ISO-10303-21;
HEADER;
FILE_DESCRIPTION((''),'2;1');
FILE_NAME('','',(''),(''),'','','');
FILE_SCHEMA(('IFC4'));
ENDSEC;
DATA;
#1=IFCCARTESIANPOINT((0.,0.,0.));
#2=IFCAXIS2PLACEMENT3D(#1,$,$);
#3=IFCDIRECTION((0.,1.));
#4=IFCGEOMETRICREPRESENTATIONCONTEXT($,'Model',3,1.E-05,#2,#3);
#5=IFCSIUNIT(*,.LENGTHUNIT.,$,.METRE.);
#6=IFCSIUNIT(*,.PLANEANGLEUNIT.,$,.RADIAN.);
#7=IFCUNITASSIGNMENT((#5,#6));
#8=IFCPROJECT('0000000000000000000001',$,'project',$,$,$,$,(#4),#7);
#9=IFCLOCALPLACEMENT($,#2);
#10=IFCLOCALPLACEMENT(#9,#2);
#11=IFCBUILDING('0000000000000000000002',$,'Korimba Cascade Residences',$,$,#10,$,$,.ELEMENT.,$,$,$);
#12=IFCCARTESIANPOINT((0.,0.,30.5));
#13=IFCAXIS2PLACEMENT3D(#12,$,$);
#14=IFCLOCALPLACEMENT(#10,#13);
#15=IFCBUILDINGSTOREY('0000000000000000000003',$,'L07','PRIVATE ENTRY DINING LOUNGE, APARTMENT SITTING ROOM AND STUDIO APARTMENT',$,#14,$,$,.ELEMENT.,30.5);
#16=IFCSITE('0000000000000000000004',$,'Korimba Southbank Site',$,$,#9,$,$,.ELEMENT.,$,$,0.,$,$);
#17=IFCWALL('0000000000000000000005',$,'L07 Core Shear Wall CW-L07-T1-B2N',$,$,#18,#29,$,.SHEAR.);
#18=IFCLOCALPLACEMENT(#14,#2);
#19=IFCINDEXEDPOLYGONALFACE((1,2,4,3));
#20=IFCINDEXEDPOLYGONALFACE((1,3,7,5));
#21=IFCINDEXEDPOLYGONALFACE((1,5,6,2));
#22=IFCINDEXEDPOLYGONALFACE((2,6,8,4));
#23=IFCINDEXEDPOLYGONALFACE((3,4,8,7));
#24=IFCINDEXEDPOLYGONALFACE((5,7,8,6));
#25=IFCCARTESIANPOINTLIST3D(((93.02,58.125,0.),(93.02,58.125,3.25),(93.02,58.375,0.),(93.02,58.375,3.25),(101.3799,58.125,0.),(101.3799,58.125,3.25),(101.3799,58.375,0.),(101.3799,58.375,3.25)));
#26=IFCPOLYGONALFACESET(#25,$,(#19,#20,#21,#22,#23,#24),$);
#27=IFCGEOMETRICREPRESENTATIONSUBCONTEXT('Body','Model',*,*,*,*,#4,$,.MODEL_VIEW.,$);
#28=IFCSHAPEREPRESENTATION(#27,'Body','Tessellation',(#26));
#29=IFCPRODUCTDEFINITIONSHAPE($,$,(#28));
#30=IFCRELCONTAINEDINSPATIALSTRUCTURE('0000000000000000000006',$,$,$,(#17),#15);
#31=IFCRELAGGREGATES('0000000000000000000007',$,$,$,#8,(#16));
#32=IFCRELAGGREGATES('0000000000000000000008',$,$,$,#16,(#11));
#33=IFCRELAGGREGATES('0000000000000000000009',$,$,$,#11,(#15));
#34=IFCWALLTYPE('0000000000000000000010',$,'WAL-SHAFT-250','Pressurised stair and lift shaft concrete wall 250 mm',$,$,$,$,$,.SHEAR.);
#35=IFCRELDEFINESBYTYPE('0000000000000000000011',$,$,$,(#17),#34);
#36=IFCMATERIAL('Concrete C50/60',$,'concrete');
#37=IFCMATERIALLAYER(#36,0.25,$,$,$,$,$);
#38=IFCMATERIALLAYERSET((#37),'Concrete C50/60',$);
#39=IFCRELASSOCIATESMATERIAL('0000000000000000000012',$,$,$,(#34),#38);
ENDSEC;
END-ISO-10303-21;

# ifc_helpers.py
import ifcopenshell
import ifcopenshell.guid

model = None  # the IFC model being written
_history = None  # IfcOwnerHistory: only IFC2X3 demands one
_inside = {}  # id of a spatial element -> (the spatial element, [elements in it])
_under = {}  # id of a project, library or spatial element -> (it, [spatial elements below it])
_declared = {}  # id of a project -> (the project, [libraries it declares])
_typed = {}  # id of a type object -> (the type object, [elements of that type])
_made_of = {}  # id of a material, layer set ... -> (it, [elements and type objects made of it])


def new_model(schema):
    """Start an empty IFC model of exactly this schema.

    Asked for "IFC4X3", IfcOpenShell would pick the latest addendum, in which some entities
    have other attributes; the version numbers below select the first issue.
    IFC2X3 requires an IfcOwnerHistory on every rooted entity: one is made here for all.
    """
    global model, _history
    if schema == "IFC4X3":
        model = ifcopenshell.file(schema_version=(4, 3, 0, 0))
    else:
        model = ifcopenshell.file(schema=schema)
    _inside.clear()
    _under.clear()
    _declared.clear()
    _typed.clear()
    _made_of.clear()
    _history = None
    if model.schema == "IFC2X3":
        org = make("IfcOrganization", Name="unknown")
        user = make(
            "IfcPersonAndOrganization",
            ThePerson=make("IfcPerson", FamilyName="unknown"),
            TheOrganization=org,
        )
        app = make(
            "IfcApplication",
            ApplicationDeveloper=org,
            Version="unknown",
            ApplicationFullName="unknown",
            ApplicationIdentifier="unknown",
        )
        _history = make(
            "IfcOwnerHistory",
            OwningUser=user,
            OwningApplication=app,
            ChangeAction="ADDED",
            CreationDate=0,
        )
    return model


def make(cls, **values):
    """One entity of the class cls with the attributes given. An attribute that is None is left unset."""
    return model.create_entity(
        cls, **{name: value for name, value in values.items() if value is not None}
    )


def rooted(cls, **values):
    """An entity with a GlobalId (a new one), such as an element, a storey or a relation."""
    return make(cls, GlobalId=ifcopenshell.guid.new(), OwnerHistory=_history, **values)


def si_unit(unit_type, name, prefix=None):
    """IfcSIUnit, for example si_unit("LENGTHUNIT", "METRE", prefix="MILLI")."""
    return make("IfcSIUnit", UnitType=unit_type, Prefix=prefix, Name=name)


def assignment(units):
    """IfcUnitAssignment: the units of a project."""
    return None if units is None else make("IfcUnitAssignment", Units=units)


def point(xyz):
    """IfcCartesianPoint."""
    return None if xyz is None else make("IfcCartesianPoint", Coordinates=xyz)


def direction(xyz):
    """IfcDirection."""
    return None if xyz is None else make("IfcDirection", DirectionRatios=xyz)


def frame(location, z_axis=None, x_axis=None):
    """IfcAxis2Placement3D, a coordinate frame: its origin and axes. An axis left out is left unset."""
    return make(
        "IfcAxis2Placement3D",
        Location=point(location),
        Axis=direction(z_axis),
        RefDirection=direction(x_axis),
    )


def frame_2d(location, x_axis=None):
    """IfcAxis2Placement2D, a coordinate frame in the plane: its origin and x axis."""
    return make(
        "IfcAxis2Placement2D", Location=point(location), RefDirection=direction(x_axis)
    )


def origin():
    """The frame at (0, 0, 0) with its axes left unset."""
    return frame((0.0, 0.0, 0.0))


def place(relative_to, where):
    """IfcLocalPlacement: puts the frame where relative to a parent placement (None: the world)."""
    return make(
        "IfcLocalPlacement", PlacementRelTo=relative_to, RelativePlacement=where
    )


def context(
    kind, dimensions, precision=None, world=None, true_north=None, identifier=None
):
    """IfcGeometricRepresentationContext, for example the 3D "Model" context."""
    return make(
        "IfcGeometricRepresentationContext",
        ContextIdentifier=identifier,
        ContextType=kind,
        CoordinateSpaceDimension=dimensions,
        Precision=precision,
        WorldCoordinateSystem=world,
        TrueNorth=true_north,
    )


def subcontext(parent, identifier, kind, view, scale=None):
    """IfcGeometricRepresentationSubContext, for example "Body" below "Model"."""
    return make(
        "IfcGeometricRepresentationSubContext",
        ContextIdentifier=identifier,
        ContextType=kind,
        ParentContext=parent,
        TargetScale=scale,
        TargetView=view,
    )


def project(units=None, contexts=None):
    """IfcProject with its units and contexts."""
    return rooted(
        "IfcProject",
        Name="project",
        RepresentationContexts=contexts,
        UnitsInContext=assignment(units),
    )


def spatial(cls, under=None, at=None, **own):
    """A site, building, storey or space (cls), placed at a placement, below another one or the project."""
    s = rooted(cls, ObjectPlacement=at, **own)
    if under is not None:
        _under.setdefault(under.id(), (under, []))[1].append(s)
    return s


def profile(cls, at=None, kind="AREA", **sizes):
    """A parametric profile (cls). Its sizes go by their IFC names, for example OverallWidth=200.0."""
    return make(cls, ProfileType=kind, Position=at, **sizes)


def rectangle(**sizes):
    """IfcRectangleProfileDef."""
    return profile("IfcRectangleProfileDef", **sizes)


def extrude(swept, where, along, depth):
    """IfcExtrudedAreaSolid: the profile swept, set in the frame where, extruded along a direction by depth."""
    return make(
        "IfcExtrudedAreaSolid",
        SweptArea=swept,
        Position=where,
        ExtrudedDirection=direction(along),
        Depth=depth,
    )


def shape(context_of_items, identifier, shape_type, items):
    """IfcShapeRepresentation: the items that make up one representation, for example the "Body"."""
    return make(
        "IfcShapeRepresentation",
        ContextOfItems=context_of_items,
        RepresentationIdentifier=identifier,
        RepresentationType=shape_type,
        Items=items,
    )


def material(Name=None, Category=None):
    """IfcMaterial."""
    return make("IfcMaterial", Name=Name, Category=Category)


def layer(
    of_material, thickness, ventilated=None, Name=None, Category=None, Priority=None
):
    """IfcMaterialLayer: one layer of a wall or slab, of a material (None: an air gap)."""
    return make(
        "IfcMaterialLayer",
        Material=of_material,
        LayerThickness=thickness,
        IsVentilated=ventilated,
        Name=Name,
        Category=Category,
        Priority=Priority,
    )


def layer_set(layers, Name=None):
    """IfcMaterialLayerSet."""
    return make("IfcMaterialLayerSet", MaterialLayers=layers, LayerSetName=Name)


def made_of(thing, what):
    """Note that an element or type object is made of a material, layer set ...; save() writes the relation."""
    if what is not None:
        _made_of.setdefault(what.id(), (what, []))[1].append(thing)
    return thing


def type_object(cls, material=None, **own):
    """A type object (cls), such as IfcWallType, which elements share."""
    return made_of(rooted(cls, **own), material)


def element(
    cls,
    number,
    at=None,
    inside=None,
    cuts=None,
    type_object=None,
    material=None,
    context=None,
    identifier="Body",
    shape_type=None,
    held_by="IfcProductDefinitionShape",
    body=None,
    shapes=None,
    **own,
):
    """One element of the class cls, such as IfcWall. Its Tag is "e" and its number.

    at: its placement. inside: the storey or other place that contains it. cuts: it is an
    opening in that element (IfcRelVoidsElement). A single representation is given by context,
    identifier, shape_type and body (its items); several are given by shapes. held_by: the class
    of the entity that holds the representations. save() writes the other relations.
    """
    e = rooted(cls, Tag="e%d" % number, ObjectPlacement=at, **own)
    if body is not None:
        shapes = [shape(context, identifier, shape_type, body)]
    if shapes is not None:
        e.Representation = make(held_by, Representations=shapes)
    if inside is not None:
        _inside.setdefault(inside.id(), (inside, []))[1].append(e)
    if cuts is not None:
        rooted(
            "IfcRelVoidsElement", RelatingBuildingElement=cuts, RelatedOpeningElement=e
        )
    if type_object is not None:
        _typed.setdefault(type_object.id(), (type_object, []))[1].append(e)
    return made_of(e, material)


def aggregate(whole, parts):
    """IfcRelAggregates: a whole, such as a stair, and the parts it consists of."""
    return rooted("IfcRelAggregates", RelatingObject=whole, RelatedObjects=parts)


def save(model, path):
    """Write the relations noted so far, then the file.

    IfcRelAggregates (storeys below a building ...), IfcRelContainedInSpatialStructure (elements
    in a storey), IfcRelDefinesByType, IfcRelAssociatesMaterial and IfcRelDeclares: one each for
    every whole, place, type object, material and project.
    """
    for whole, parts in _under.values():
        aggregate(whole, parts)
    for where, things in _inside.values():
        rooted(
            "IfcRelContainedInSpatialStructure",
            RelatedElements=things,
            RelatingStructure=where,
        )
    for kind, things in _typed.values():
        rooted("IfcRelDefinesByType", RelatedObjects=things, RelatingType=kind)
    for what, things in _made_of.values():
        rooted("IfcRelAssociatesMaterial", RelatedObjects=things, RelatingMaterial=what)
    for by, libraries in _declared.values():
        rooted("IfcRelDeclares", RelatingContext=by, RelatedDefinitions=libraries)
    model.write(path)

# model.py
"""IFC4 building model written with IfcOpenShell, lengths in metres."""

from ifc_helpers import new_model, si_unit, direction, frame, frame_2d, origin, place, context, subcontext, project, spatial, rectangle, extrude, material, layer, layer_set, type_object, element, save


model = new_model("IFC4")

# Units and contexts
model_context = context("Model", 3, precision=1e-05, world=origin(), true_north=direction((0.0, 1.0)))
body_context = subcontext(model_context, "Body", "Model", "MODEL_VIEW")
ifc_project = project(units=[si_unit("LENGTHUNIT", "METRE"), si_unit("PLANEANGLEUNIT", "RADIAN")], contexts=[model_context])

# Site, building, storey
site_placement = place(None, origin())
site = spatial("IfcSite", under=ifc_project, at=site_placement, Name="Korimba Southbank Site", CompositionType="ELEMENT", RefElevation=0.0)
building_placement = place(site_placement, origin())
building = spatial("IfcBuilding", under=site, at=building_placement, Name="Korimba Cascade Residences", CompositionType="ELEMENT")
storey_placement = place(building_placement, frame((0.0, 0.0, 30.5)))
storey = spatial("IfcBuildingStorey", under=building, at=storey_placement, Name="L07", Description="PRIVATE ENTRY DINING LOUNGE, APARTMENT SITTING ROOM AND STUDIO APARTMENT", CompositionType="ELEMENT", Elevation=30.5)

# Shared definitions
ifc_material_1 = material(Name="Concrete C50/60", Category="concrete")

# Wall
ifc_layer_1 = layer(ifc_material_1, 0.25)
ifc_layer_set_1 = layer_set([ifc_layer_1], Name="Concrete C50/60")
wall_type_1 = type_object("IfcWallType", Name="WAL-SHAFT-250", Description="Pressurised stair and lift shaft concrete wall 250 mm", PredefinedType="SHEAR", material=ifc_layer_set_1)
wall_1_placement = place(storey_placement, frame((93.02, 58.25, 0.0), z_axis=(0.0, 0.0, 1.0), x_axis=(1.0, 0.0, 0.0)))
element("IfcWall", 1, at=wall_1_placement, inside=storey, type_object=wall_type_1, Name="L07 Core Shear Wall CW-L07-T1-B2N", PredefinedType="SHEAR", context=body_context, shape_type="SweptSolid", body=[
    extrude(rectangle(XDim=8.3599, YDim=0.25, at=frame_2d((4.1799, 0.0))), origin(), (0.0, 0.0, 1.0), 3.25),
])

save(model, "model.ifc")
